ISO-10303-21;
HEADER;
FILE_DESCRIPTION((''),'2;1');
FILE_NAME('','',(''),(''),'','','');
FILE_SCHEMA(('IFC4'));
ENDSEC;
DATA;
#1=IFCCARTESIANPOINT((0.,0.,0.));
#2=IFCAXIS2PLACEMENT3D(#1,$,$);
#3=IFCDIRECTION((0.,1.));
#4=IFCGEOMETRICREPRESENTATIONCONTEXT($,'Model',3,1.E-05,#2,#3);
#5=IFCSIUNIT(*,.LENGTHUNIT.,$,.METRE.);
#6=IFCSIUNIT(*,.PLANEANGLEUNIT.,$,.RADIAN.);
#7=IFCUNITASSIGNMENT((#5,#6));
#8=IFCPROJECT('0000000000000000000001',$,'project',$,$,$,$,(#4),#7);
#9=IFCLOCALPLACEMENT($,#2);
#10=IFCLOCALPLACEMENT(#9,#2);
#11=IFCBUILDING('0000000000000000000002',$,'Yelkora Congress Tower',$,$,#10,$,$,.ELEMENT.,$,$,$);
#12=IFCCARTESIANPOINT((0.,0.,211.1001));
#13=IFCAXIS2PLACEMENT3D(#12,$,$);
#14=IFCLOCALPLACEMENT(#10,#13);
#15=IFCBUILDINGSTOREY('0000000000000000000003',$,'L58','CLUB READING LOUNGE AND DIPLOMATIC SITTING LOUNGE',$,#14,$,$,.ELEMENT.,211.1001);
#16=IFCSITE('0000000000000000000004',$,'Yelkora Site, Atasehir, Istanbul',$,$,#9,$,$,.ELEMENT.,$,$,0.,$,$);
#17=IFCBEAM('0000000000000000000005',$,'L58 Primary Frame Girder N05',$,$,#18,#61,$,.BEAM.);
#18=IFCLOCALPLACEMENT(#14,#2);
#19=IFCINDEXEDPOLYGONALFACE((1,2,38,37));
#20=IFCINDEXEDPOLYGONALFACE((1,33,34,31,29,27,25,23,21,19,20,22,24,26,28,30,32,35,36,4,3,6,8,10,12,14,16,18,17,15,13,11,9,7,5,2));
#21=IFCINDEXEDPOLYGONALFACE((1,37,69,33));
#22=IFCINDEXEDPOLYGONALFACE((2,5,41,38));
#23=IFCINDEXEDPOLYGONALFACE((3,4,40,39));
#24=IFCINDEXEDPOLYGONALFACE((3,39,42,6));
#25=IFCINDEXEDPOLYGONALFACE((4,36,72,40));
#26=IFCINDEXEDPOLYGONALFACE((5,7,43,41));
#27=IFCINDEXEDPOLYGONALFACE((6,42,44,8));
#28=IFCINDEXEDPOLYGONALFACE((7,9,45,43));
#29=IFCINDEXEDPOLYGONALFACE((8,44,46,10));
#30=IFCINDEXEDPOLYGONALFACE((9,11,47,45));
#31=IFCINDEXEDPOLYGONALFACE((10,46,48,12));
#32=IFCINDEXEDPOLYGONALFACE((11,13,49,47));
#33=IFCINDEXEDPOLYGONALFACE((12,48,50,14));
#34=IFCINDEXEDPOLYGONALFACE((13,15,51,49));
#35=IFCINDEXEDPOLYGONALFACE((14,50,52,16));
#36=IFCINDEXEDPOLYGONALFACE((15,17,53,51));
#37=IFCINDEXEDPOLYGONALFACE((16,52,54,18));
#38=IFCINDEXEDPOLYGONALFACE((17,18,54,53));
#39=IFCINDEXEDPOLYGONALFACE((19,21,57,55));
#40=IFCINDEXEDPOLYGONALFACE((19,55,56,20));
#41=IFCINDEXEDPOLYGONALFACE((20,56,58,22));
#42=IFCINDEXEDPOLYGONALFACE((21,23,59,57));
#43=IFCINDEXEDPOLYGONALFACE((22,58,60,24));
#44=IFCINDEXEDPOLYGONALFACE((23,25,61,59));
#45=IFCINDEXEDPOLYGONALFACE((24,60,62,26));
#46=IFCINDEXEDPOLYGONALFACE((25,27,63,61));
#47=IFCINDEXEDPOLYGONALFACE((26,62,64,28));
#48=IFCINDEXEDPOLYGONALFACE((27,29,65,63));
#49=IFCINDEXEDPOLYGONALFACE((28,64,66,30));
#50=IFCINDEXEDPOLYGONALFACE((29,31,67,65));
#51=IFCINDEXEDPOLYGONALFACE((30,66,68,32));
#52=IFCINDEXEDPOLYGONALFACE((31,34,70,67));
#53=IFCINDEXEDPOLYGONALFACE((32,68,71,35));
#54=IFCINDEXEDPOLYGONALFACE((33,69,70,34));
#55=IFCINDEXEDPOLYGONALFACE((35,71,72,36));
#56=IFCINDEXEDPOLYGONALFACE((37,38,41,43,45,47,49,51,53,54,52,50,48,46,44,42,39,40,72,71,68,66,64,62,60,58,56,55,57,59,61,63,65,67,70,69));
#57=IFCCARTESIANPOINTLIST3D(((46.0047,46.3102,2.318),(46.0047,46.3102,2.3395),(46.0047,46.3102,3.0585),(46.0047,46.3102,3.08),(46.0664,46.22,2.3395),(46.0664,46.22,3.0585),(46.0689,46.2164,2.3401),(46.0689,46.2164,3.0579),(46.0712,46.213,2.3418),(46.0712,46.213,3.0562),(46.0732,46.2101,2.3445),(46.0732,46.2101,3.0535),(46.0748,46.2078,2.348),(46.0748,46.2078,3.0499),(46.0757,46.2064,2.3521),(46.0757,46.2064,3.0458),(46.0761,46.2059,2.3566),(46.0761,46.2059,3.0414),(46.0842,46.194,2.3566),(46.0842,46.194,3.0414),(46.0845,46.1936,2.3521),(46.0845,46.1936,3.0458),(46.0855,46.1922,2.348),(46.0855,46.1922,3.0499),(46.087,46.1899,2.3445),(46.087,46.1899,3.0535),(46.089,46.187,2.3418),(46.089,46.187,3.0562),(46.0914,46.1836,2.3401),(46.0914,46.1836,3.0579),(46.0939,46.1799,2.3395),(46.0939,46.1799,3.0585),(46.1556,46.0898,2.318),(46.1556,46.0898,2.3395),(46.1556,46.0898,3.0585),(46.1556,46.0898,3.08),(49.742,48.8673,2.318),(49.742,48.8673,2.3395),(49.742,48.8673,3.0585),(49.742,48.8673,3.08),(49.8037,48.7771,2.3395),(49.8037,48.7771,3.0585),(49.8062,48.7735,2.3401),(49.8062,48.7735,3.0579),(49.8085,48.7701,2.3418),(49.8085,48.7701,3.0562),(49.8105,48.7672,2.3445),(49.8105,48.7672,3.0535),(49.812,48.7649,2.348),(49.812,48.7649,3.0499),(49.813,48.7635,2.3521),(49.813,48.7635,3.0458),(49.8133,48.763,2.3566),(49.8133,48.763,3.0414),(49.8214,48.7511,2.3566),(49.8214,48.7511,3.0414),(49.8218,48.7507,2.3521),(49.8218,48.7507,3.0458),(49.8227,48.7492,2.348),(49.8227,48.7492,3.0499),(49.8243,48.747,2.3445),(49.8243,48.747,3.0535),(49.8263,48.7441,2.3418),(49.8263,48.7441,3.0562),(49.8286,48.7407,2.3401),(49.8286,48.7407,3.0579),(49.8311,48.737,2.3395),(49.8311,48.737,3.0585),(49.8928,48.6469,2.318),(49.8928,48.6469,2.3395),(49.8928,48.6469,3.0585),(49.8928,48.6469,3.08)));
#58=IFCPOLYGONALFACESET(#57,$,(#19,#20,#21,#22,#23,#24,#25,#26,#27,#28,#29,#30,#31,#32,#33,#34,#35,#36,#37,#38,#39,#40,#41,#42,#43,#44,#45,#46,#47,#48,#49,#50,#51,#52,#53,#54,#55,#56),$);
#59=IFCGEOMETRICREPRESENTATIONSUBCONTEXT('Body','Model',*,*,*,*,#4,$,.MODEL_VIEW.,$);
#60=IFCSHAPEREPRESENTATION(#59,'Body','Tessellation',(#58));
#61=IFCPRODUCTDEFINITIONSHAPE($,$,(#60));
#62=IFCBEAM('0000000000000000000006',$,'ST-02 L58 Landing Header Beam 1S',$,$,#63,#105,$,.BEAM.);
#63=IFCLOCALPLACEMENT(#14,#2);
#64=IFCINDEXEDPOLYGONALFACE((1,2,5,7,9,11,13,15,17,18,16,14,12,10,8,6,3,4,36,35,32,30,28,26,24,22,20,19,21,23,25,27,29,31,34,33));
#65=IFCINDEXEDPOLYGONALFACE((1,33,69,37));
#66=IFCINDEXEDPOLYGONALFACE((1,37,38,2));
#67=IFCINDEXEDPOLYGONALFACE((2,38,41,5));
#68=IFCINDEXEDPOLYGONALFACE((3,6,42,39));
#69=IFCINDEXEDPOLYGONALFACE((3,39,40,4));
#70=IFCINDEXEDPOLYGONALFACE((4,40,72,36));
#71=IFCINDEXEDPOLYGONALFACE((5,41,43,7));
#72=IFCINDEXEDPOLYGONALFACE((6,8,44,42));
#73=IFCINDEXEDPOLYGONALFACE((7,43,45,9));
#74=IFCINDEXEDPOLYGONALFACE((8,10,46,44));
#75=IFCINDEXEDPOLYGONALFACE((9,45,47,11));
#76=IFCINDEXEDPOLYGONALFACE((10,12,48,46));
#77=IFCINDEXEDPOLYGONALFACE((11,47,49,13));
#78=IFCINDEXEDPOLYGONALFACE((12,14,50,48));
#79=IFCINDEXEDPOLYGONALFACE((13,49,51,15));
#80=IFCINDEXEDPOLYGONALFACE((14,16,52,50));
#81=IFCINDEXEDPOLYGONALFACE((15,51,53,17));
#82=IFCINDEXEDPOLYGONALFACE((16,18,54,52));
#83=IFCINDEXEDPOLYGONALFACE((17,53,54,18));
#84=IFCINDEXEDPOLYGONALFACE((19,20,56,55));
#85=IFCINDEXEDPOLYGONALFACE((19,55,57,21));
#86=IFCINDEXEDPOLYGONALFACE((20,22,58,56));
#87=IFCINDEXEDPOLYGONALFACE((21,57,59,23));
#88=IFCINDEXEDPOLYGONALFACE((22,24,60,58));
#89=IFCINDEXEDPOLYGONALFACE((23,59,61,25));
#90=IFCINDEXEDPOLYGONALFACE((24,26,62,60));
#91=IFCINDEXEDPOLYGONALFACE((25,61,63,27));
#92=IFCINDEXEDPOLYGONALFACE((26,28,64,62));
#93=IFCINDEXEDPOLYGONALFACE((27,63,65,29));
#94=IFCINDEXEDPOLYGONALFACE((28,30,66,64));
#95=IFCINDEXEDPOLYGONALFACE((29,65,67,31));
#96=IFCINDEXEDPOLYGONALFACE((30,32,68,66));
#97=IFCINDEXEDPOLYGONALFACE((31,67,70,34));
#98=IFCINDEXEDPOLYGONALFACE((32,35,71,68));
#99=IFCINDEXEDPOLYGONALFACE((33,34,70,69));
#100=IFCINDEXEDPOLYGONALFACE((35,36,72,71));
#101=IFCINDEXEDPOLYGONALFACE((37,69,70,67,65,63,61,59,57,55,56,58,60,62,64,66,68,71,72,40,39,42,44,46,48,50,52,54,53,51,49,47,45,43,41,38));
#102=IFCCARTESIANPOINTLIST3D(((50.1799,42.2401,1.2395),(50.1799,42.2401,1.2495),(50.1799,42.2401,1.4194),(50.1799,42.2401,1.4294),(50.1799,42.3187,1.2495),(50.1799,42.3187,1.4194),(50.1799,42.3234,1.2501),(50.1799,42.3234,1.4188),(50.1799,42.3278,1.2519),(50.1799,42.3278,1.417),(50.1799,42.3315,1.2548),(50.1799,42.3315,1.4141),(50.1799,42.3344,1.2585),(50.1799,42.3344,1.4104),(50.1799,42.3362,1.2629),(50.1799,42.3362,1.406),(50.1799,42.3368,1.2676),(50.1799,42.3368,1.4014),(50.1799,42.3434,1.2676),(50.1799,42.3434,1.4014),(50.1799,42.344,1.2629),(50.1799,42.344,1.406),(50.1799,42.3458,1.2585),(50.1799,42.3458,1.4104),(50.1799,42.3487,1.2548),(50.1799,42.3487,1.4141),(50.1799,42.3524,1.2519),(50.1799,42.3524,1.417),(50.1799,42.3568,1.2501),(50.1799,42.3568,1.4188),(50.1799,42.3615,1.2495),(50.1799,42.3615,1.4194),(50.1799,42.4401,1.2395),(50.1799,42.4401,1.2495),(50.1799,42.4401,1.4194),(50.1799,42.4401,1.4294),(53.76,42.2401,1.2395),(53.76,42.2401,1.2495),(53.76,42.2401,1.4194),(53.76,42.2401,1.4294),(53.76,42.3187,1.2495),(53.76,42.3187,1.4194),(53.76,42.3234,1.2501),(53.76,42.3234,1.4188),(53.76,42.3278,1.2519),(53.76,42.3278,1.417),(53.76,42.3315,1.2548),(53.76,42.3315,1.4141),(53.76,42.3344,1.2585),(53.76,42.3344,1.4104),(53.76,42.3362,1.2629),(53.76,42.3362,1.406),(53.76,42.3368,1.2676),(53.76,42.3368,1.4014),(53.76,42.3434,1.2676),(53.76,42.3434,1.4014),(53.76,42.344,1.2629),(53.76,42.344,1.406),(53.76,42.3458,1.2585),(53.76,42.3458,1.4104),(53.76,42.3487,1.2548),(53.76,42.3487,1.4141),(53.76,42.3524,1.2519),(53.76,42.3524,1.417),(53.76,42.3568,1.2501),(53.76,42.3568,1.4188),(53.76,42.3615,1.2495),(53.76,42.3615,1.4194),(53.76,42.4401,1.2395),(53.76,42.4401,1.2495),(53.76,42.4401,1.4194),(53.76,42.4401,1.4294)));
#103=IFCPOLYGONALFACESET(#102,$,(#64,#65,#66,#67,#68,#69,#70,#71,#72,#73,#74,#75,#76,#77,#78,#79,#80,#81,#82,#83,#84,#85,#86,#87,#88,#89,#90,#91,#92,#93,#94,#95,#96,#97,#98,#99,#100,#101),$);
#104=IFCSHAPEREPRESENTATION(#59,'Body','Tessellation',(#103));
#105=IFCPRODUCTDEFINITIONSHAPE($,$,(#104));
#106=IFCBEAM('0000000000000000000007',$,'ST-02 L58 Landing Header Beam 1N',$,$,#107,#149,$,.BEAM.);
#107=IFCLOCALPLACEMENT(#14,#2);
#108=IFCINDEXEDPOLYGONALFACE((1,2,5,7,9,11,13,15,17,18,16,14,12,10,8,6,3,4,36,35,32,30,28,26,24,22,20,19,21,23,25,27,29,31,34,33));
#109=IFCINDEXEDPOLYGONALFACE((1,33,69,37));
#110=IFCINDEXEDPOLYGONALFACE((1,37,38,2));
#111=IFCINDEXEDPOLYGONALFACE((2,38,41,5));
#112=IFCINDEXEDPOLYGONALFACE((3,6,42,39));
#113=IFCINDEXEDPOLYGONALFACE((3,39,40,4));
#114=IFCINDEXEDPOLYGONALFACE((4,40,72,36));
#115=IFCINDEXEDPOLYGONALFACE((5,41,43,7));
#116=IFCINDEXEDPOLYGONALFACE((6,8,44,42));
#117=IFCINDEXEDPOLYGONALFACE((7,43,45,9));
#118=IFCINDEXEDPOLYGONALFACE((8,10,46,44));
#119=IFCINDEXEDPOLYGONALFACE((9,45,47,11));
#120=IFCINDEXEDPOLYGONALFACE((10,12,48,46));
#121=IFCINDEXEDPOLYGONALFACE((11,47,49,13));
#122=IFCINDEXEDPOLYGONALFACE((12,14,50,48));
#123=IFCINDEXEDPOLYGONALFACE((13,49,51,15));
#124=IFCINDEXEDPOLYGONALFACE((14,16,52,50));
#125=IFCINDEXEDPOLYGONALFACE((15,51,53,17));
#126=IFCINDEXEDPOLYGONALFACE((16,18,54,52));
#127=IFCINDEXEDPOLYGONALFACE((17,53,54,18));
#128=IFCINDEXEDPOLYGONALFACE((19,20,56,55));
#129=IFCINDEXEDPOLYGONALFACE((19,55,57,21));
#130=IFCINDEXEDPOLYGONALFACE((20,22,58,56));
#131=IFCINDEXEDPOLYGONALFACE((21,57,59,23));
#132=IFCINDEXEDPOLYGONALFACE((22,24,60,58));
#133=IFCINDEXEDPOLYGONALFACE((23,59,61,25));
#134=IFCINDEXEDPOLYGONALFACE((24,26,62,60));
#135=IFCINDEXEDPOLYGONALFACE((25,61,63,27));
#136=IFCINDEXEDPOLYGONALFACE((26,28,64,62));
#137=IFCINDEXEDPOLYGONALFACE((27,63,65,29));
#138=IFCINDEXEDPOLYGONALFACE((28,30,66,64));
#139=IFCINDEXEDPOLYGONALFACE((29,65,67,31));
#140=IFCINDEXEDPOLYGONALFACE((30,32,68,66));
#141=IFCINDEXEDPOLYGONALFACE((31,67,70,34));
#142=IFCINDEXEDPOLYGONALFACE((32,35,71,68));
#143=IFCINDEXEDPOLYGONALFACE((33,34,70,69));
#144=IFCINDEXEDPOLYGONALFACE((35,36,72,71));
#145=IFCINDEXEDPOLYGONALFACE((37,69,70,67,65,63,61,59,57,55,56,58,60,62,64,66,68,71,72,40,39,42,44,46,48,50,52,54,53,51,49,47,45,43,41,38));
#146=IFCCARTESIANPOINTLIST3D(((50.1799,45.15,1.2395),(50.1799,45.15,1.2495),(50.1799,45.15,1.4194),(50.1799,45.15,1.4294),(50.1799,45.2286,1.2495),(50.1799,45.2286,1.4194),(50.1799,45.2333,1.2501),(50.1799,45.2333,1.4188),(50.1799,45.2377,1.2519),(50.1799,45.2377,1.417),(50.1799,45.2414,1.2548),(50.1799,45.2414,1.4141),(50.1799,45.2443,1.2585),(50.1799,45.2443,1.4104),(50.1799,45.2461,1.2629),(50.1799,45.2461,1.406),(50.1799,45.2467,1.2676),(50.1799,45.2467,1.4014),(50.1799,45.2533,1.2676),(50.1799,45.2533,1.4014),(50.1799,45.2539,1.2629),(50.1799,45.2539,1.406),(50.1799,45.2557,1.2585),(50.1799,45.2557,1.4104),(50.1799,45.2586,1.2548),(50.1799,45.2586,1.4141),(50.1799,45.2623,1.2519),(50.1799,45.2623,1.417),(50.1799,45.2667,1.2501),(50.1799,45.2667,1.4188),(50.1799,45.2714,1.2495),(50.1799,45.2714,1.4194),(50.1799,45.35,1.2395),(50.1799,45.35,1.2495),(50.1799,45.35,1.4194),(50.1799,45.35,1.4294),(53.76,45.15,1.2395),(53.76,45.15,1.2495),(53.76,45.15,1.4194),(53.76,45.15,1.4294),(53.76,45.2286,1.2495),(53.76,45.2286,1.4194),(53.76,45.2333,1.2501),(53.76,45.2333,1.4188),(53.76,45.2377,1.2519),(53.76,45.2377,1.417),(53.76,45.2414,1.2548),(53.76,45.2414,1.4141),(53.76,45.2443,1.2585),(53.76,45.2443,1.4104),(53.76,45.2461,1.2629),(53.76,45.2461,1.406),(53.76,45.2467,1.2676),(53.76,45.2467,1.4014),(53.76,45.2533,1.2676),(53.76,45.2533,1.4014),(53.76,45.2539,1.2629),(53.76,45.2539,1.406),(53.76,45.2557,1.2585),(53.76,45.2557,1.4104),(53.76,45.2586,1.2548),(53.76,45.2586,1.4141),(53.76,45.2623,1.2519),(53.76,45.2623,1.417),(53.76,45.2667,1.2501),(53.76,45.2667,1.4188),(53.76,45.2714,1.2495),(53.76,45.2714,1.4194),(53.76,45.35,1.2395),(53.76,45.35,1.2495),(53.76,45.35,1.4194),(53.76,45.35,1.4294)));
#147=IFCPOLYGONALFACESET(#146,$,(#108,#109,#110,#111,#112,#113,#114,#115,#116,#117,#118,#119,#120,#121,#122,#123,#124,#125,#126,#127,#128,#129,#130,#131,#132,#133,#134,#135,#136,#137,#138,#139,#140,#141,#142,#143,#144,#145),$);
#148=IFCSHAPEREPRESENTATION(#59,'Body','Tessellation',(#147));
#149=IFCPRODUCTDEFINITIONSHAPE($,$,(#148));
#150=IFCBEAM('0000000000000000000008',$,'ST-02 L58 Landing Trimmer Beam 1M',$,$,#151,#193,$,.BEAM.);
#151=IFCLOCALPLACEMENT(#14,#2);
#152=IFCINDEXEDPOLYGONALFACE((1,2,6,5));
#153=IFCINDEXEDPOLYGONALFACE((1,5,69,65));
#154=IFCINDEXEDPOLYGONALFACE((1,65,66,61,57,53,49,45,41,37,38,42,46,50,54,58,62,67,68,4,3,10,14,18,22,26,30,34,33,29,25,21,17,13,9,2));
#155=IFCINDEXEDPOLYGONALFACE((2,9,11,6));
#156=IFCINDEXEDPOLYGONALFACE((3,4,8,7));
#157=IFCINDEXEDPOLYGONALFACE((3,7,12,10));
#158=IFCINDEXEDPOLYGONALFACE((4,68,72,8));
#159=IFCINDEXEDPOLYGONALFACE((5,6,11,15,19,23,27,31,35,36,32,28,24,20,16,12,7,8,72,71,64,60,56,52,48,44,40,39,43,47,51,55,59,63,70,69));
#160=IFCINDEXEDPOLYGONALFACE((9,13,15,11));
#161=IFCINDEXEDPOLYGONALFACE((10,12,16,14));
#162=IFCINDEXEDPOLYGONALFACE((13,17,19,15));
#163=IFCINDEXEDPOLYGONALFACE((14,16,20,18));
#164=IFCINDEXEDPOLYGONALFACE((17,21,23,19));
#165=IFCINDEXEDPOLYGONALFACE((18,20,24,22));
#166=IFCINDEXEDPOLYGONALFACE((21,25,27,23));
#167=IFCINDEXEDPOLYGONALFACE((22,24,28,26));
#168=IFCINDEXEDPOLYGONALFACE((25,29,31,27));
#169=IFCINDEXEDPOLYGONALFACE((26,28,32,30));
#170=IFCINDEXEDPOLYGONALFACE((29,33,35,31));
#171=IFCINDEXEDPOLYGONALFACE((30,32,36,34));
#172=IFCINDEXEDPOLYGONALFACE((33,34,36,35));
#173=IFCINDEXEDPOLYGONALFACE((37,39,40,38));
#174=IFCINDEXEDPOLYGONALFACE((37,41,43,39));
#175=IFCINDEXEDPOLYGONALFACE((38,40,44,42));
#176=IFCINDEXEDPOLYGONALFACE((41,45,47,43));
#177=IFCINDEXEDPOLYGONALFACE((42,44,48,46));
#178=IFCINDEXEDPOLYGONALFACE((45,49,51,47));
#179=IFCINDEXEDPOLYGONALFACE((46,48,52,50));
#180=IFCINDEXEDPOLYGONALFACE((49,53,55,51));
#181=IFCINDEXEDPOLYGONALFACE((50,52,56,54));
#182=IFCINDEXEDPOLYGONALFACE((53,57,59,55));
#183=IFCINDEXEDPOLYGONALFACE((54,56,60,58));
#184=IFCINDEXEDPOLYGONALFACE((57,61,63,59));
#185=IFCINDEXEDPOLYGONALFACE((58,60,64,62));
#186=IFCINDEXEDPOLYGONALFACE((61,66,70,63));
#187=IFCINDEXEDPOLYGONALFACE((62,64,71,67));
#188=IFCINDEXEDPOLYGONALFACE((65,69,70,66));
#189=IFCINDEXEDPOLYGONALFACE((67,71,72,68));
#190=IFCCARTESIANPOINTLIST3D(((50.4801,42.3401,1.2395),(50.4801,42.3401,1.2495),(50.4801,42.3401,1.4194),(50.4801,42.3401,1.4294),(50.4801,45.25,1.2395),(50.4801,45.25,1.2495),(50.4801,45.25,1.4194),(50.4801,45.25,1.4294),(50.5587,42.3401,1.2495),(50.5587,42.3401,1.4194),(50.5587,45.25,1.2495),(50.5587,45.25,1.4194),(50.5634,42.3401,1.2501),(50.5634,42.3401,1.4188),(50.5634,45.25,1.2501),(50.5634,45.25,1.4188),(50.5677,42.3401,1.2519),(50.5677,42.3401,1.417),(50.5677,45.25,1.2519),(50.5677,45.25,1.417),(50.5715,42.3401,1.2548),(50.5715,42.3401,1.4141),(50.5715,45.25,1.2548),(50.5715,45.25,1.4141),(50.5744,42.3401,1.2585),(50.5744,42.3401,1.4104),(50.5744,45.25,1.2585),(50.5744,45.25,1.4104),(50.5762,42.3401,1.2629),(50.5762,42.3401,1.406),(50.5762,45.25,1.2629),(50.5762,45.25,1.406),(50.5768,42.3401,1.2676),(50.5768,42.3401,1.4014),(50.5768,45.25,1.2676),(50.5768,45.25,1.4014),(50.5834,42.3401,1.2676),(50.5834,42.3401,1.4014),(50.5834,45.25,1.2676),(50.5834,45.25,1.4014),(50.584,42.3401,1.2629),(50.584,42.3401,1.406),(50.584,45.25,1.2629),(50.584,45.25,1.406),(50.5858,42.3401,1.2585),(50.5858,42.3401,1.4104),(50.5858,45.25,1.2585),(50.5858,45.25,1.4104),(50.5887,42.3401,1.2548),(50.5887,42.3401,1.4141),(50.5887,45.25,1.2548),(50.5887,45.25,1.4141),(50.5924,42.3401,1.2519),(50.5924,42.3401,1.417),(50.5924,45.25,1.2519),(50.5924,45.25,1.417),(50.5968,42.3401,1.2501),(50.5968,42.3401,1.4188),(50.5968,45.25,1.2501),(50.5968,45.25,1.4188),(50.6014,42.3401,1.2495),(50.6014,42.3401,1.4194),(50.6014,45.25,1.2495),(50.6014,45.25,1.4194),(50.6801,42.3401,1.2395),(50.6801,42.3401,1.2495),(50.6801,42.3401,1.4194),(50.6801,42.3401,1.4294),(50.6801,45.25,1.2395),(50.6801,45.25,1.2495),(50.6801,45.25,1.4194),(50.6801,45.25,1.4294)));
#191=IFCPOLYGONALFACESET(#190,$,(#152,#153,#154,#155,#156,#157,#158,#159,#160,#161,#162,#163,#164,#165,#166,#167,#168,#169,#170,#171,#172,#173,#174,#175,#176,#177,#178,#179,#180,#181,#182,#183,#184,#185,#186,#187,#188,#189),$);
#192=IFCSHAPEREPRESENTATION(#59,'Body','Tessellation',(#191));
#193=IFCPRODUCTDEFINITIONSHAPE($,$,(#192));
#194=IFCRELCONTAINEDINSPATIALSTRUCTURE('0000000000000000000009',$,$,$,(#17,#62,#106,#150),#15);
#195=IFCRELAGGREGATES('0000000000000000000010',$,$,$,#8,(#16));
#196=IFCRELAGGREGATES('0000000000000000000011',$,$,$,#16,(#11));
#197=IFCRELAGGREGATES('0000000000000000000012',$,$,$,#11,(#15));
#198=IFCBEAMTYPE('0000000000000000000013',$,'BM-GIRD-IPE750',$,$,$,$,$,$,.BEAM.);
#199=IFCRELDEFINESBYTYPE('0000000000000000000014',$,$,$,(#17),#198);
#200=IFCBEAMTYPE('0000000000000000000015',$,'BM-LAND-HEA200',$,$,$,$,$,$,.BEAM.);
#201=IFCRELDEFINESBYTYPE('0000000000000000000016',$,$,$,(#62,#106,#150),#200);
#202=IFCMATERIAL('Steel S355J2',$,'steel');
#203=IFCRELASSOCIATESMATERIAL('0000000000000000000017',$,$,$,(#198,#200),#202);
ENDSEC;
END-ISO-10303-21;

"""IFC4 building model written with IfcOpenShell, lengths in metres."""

from ifc_helpers import new_model, si_unit, direction, frame, origin, origin_2d, place, context, subcontext, project, spatial, i_section, extrude, material, material_profile, profile_set, type_object, element, save


model = new_model("IFC4")

# Units and contexts
model_context = context("Model", 3, precision=1e-05, world=origin(), true_north=direction((0.0, 1.0)))
body_context = subcontext(model_context, "Body", "Model", "MODEL_VIEW")
ifc_project = project(units=[si_unit("LENGTHUNIT", "METRE"), si_unit("PLANEANGLEUNIT", "RADIAN")], contexts=[model_context])

# Site, building, storey
site_placement = place(None, origin())
site = spatial("IfcSite", under=ifc_project, at=site_placement, Name="Yelkora Site, Atasehir, Istanbul", CompositionType="ELEMENT", RefElevation=0.0)
building_placement = place(site_placement, origin())
building = spatial("IfcBuilding", under=site, at=building_placement, Name="Yelkora Congress Tower", CompositionType="ELEMENT")
storey_placement = place(building_placement, frame((0.0, 0.0, 211.1001)))
storey = spatial("IfcBuildingStorey", under=building, at=storey_placement, Name="L58", Description="CLUB READING LOUNGE AND DIPLOMATIC SITTING LOUNGE", CompositionType="ELEMENT", Elevation=211.1001)

# Shared definitions
ifc_material_1 = material(Name="Steel S355J2", Category="steel")

# Beams
ifc_material_profile_1 = material_profile(ifc_material_1, i_section(OverallWidth=0.2671, OverallDepth=0.762, WebThickness=0.0144, FlangeThickness=0.0215, FilletRadius=0.0171, at=origin_2d()), Name="IPE 750x173")
ifc_profile_set_1 = profile_set([ifc_material_profile_1], Name="Steel S355J2")
beam_type_1 = type_object("IfcBeamType", Name="BM-GIRD-IPE750", PredefinedType="BEAM", material=ifc_profile_set_1)
beam_1_placement = place(storey_placement, frame((49.8174, 48.7571, 2.699), z_axis=(-0.825305, -0.564688, 0.0), x_axis=(0.564688, -0.825305, 0.0)))
element("IfcBeam", 1, at=beam_1_placement, inside=storey, type_object=beam_type_1, Name="L58 Primary Frame Girder N05", PredefinedType="BEAM", context=body_context, shape_type="SweptSolid", body=[
    extrude(i_section(OverallWidth=0.2671, OverallDepth=0.762, WebThickness=0.0144, FlangeThickness=0.0215, FilletRadius=0.0171, at=origin_2d()), origin(), (0.0, 0.0, 1.0), 4.5283),
])
ifc_material_profile_2 = material_profile(ifc_material_1, i_section(OverallWidth=0.2, OverallDepth=0.1899, WebThickness=0.0066, FlangeThickness=0.01, FilletRadius=0.0181, at=origin_2d()), Name="HEA 200")
ifc_profile_set_2 = profile_set([ifc_material_profile_2], Name="Steel S355J2")
beam_type_2 = type_object("IfcBeamType", Name="BM-LAND-HEA200", PredefinedType="BEAM", material=ifc_profile_set_2)
for number, where, z_axis, x_axis, name in (
    (2, (50.1799, 42.3401, 1.3345), (1.0, 0.0, 0.0), (0.0, 1.0, 0.0), "ST-02 L58 Landing Header Beam 1S"),
    (3, (50.1799, 45.25, 1.3345), (1.0, 0.0, 0.0), (0.0, 1.0, 0.0), "ST-02 L58 Landing Header Beam 1N"),
):
    element("IfcBeam", number, at=place(storey_placement, frame(where, z_axis=z_axis, x_axis=x_axis)), inside=storey, type_object=beam_type_2, Name=name, PredefinedType="BEAM", context=body_context, shape_type="SweptSolid", body=[
        extrude(i_section(OverallWidth=0.2, OverallDepth=0.1899, WebThickness=0.0066, FlangeThickness=0.01, FilletRadius=0.0181, at=origin_2d()), origin(), (0.0, 0.0, 1.0), 3.5801),
    ])
beam_2_placement = place(storey_placement, frame((50.5801, 42.3401, 1.3345), z_axis=(0.0, 1.0, 0.0), x_axis=(-1.0, 0.0, 0.0)))
element("IfcBeam", 4, at=beam_2_placement, inside=storey, type_object=beam_type_2, Name="ST-02 L58 Landing Trimmer Beam 1M", PredefinedType="BEAM", context=body_context, shape_type="SweptSolid", body=[
    extrude(i_section(OverallWidth=0.2, OverallDepth=0.1899, WebThickness=0.0066, FlangeThickness=0.01, FilletRadius=0.0181, at=origin_2d()), origin(), (0.0, 0.0, 1.0), 2.9099),
])

save(model, "model.ifc")
